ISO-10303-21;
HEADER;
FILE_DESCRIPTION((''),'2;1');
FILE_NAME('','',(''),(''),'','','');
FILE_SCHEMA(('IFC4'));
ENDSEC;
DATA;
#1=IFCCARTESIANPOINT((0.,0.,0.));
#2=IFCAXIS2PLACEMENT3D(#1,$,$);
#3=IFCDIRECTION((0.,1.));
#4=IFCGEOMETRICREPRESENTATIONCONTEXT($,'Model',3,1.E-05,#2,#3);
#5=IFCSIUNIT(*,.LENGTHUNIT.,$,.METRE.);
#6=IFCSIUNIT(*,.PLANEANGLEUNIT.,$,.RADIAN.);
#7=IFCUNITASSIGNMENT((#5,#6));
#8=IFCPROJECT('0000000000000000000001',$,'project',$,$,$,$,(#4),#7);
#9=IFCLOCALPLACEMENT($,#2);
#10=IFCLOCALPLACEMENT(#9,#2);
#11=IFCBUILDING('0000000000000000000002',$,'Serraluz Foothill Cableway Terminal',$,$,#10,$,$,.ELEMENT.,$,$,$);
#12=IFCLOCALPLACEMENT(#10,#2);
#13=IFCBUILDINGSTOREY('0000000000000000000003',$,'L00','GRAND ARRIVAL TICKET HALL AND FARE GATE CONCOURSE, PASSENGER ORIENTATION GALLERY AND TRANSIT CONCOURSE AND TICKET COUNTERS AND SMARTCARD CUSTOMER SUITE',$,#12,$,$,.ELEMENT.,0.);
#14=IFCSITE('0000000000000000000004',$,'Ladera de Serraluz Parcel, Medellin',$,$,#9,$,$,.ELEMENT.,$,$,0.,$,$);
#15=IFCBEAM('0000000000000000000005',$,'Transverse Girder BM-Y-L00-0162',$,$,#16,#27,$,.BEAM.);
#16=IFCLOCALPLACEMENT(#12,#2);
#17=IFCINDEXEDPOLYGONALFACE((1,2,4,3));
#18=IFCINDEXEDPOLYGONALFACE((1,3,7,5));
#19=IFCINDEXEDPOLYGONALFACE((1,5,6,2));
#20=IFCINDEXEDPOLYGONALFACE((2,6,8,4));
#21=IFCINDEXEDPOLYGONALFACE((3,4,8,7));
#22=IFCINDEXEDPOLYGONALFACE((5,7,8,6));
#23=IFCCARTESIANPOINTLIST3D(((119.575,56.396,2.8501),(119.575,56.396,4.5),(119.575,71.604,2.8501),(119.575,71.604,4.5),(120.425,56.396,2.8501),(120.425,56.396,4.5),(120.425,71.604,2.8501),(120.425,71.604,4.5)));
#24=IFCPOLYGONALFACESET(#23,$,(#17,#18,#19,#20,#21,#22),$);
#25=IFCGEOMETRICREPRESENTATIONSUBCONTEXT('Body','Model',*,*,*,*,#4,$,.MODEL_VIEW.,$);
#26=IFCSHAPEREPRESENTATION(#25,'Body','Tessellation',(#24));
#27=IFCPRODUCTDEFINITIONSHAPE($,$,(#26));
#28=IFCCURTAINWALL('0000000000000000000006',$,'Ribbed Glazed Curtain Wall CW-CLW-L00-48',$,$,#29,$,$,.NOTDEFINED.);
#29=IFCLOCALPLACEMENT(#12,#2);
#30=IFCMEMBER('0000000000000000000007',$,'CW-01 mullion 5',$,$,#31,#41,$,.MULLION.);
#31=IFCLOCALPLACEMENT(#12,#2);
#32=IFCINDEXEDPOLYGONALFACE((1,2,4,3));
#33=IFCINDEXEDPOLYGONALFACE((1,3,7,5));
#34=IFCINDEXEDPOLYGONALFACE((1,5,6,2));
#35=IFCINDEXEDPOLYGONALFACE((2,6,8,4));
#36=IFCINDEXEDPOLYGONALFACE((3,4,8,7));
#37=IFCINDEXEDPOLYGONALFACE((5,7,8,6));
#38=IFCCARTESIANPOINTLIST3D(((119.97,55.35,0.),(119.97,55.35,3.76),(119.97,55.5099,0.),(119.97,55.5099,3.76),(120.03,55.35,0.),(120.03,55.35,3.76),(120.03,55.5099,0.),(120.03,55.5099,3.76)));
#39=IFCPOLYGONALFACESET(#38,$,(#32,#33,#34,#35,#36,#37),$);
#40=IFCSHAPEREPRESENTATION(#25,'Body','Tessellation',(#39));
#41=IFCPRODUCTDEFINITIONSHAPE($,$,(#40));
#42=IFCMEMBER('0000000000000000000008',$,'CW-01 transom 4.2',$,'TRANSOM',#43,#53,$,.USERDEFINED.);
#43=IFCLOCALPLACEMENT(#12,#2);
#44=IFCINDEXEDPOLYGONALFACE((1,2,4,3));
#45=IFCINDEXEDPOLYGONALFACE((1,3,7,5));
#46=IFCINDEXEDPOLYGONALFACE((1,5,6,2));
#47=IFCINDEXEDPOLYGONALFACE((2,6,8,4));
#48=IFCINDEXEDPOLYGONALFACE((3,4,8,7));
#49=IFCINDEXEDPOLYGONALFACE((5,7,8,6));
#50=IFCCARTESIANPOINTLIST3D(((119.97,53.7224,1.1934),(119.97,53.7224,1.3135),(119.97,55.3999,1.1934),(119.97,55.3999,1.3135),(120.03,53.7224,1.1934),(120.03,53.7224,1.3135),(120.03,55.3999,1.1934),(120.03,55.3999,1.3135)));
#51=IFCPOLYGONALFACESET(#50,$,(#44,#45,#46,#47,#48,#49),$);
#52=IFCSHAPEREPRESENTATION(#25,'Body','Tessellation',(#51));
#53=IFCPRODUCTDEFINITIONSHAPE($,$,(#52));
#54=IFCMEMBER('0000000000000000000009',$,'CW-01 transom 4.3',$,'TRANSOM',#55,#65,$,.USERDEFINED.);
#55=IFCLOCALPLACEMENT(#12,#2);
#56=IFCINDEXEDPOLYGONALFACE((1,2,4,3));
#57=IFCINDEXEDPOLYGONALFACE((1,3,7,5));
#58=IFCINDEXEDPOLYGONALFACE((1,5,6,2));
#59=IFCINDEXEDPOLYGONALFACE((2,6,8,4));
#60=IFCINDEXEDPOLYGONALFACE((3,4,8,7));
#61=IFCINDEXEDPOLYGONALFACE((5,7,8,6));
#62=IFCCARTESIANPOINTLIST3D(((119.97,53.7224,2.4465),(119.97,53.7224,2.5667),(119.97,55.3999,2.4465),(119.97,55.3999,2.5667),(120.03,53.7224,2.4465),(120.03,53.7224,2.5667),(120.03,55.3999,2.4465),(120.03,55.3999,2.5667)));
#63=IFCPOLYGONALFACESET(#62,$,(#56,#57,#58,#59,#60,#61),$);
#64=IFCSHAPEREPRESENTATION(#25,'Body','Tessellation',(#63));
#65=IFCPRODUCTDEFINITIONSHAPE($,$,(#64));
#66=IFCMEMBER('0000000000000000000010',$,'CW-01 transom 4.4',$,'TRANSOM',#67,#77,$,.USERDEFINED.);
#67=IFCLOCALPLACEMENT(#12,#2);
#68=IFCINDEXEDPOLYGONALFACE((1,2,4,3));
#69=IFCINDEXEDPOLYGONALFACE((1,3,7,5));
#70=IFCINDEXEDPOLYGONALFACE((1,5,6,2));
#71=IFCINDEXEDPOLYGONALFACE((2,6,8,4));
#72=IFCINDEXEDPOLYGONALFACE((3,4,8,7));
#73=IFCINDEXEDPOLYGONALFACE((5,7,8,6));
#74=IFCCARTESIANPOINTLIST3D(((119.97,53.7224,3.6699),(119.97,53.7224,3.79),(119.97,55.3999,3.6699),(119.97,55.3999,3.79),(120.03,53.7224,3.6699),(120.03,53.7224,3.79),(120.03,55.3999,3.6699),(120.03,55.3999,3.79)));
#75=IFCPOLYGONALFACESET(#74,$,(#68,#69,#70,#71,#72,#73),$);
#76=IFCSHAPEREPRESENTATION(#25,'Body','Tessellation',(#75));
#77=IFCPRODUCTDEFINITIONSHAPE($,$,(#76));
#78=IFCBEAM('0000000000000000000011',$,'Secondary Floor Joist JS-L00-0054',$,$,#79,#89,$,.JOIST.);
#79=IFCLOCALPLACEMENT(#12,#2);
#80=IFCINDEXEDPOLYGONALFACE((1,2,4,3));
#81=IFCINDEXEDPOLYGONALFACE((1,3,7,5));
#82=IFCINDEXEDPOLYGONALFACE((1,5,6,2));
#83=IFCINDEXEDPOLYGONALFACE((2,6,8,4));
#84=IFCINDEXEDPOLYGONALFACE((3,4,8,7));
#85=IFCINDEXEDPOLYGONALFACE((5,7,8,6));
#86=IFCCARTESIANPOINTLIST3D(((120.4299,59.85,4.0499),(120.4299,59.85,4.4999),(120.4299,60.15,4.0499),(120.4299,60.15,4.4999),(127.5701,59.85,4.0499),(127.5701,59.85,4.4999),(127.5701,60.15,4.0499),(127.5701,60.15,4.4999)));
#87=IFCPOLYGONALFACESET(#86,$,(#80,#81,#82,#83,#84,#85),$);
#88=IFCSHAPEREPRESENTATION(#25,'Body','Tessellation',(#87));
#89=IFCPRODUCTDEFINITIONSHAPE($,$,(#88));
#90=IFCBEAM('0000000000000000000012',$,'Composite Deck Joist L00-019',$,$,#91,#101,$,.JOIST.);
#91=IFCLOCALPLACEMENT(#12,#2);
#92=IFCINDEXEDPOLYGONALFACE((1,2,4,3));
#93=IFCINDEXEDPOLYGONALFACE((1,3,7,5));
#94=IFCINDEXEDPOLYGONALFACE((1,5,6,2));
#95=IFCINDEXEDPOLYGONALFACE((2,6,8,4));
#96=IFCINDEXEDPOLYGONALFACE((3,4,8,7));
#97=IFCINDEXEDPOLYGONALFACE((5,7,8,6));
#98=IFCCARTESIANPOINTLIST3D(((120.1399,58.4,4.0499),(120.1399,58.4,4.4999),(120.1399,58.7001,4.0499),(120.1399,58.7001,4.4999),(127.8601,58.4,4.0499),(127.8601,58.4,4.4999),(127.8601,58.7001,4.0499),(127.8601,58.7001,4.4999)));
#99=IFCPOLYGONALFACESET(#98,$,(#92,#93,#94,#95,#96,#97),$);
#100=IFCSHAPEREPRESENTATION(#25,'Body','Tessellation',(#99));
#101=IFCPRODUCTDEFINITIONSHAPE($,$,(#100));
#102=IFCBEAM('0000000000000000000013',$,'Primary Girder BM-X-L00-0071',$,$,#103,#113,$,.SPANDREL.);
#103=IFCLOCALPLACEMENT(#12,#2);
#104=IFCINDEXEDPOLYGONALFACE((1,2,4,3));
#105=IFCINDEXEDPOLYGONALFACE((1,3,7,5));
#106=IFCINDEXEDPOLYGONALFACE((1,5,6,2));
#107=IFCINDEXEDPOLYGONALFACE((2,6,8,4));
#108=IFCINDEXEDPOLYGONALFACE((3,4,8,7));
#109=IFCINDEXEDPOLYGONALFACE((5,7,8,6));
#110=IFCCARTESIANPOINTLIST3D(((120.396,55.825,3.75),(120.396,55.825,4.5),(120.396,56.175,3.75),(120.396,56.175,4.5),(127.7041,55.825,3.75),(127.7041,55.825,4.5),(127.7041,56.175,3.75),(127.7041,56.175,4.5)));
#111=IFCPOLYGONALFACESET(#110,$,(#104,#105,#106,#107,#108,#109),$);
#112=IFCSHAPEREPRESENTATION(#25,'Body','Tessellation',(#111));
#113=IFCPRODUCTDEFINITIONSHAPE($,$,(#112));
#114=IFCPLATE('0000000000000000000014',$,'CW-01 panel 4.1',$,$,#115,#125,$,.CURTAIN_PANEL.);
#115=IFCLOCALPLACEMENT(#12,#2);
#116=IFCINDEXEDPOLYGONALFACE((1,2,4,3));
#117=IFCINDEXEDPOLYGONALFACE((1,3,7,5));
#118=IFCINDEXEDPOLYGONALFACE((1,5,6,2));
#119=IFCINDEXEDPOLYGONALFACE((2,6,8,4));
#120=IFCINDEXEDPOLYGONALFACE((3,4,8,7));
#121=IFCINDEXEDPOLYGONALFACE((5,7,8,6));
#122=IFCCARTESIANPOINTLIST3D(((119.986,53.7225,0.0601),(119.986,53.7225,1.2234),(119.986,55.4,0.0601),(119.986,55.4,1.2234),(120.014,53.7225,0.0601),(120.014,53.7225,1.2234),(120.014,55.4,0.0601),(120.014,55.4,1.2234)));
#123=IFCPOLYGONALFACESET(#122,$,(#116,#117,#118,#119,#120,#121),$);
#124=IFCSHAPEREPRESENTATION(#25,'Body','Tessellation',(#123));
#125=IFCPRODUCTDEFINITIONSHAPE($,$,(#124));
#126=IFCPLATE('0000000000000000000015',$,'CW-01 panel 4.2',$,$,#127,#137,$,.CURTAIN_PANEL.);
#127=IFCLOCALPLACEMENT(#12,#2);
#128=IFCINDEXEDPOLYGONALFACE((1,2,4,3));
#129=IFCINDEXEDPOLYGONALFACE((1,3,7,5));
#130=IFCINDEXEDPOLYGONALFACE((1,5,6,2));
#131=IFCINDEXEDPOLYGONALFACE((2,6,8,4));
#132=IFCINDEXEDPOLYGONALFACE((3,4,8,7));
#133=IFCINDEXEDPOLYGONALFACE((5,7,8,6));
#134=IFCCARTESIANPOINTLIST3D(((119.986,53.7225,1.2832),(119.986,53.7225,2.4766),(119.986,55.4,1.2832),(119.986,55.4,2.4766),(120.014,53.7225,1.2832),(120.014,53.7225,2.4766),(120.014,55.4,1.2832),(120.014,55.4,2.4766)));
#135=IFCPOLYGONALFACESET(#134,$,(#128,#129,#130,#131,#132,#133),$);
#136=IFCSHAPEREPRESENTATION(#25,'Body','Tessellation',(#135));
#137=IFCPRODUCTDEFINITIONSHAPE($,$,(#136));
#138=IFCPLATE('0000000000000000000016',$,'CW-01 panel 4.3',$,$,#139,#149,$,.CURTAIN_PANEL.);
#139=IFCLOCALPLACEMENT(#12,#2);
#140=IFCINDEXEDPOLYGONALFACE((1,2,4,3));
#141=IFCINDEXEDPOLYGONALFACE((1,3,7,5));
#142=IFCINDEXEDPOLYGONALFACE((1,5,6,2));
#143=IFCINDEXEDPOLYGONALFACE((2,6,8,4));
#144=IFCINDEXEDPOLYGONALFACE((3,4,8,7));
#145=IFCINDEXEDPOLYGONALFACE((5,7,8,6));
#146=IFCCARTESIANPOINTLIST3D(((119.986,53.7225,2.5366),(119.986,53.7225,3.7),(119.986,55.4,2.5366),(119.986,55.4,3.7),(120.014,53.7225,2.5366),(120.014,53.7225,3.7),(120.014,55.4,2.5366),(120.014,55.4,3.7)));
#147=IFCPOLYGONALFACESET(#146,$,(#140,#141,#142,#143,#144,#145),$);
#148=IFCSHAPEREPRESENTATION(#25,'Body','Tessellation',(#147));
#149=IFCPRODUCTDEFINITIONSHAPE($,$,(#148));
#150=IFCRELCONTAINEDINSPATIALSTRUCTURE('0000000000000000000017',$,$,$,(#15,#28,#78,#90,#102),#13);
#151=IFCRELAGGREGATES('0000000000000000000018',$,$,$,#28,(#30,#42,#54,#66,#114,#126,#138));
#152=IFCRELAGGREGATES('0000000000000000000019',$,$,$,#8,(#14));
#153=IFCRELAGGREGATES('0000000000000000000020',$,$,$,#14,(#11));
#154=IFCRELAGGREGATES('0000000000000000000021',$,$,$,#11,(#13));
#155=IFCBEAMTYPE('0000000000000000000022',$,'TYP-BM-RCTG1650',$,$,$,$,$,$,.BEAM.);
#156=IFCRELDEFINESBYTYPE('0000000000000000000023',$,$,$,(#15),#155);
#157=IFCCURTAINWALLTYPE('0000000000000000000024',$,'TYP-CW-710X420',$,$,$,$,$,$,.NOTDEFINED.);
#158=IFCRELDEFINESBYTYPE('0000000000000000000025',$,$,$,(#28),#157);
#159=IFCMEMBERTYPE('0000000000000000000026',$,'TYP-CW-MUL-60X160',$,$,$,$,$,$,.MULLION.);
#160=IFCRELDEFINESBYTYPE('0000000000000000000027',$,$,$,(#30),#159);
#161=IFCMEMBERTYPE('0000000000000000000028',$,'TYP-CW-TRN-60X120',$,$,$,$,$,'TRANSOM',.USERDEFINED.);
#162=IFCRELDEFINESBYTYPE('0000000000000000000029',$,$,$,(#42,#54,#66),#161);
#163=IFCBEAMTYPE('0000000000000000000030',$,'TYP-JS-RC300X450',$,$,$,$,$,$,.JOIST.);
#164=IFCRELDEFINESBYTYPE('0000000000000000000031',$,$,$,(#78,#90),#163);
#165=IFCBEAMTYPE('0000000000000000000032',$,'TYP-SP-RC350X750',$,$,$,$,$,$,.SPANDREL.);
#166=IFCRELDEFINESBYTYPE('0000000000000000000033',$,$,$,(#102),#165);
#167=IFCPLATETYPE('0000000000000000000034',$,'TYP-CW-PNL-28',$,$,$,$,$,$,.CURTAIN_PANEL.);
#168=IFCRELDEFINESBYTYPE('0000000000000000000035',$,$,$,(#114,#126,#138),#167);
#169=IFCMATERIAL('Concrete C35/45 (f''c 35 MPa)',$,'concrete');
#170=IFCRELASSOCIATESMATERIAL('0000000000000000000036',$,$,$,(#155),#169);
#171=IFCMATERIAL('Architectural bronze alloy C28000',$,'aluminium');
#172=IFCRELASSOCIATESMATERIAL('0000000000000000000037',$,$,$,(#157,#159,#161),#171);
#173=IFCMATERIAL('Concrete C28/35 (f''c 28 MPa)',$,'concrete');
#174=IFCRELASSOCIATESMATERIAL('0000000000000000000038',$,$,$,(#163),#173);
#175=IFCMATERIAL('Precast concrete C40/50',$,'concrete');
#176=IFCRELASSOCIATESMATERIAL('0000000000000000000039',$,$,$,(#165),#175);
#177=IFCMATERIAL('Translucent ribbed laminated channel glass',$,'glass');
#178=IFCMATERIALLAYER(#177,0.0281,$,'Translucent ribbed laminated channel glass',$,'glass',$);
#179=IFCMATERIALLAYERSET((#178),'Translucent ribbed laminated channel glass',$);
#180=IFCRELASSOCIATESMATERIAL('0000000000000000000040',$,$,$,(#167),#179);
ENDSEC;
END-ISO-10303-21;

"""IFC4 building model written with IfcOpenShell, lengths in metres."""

from ifc_helpers import new_model, si_unit, direction, frame, origin, origin_2d, place, context, subcontext, project, spatial, rectangle, extrude, material, layer, layer_set, material_profile, profile_set, type_object, element, aggregate, save


model = new_model("IFC4")

# Units and contexts
model_context = context("Model", 3, precision=1e-05, world=origin(), true_north=direction((0.0, 1.0)))
body_context = subcontext(model_context, "Body", "Model", "MODEL_VIEW")
ifc_project = project(units=[si_unit("LENGTHUNIT", "METRE"), si_unit("PLANEANGLEUNIT", "RADIAN")], contexts=[model_context])

# Site, building, storey
site_placement = place(None, origin())
site = spatial("IfcSite", under=ifc_project, at=site_placement, Name="Ladera de Serraluz Parcel, Medellin", CompositionType="ELEMENT", RefElevation=0.0)
building_placement = place(site_placement, origin())
building = spatial("IfcBuilding", under=site, at=building_placement, Name="Serraluz Foothill Cableway Terminal", CompositionType="ELEMENT")
storey_placement = place(building_placement, origin())
storey = spatial("IfcBuildingStorey", under=building, at=storey_placement, Name="L00", Description="GRAND ARRIVAL TICKET HALL AND FARE GATE CONCOURSE, PASSENGER ORIENTATION GALLERY AND TRANSIT CONCOURSE AND TICKET COUNTERS AND SMARTCARD CUSTOMER SUITE", CompositionType="ELEMENT", Elevation=0.0)

# Shared definitions
ifc_material_1 = material(Name="Concrete C35/45 (f'c 35 MPa)", Category="concrete")

# Shared definitions
ifc_material_2 = material(Name="Concrete C28/35 (f'c 28 MPa)", Category="concrete")

# Beam
ifc_material_profile_1 = material_profile(ifc_material_1, rectangle(XDim=0.8501, YDim=1.6499, at=origin_2d()), Name="RC TG 850x1650")
ifc_profile_set_1 = profile_set([ifc_material_profile_1], Name="Concrete C35/45 (f'c 35 MPa)")
beam_type_1 = type_object("IfcBeamType", Name="TYP-BM-RCTG1650", PredefinedType="BEAM", material=ifc_profile_set_1)
beam_1_placement = place(storey_placement, frame((120.0, 56.396, 3.675), z_axis=(0.0, 1.0, 0.0), x_axis=(-1.0, 0.0, 0.0)))
element("IfcBeam", 1, at=beam_1_placement, inside=storey, type_object=beam_type_1, Name="Transverse Girder BM-Y-L00-0162", PredefinedType="BEAM", context=body_context, shape_type="SweptSolid", body=[
    extrude(rectangle(XDim=0.8501, YDim=1.6499, at=origin_2d()), origin(), (0.0, 0.0, 1.0), 15.208),
])

# Curtain wall, members
ifc_material_3 = material(Name="Architectural bronze alloy C28000", Category="aluminium")
curtain_wall_type = type_object("IfcCurtainWallType", Name="TYP-CW-710X420", PredefinedType="NOTDEFINED", material=ifc_material_3)
curtain_wall_placement = place(storey_placement, origin())
curtain_wall = element("IfcCurtainWall", 2, at=curtain_wall_placement, inside=storey, type_object=curtain_wall_type, Name="Ribbed Glazed Curtain Wall CW-CLW-L00-48", PredefinedType="NOTDEFINED")
ifc_material_profile_2 = material_profile(ifc_material_3, rectangle(XDim=0.0601, YDim=0.1599, at=origin_2d()), Name="ALU MULLION 60x160")
ifc_profile_set_2 = profile_set([ifc_material_profile_2], Name="Architectural bronze alloy C28000")
member_type_1 = type_object("IfcMemberType", Name="TYP-CW-MUL-60X160", PredefinedType="MULLION", material=ifc_profile_set_2)
member_1_placement = place(storey_placement, frame((120.0, 55.4299, 0.0), z_axis=(0.0, 0.0, 1.0), x_axis=(-1.0, 0.0, 0.0)))
member_1 = element("IfcMember", 3, at=member_1_placement, type_object=member_type_1, Name="CW-01 mullion 5", PredefinedType="MULLION", context=body_context, shape_type="SweptSolid", body=[
    extrude(rectangle(XDim=0.0601, YDim=0.1599, at=origin_2d()), origin(), (0.0, 0.0, 1.0), 3.76),
])
ifc_material_profile_3 = material_profile(ifc_material_3, rectangle(XDim=0.0601, YDim=0.1201, at=origin_2d()), Name="ALU TRANSOM 60x120")
ifc_profile_set_3 = profile_set([ifc_material_profile_3], Name="Architectural bronze alloy C28000")
member_type_2 = type_object("IfcMemberType", Name="TYP-CW-TRN-60X120", ElementType="TRANSOM", PredefinedType="USERDEFINED", material=ifc_profile_set_3)
member_2_placement = place(storey_placement, frame((120.0, 53.7224, 1.2534), z_axis=(0.0, 1.0, 0.0), x_axis=(-1.0, 0.0, 0.0)))
member_2 = element("IfcMember", 4, at=member_2_placement, type_object=member_type_2, Name="CW-01 transom 4.2", ObjectType="TRANSOM", PredefinedType="USERDEFINED", context=body_context, shape_type="SweptSolid", body=[
    extrude(rectangle(XDim=0.0601, YDim=0.1201, at=origin_2d()), origin(), (0.0, 0.0, 1.0), 1.6775),
])
member_3_placement = place(storey_placement, frame((120.0, 53.7224, 2.5066), z_axis=(0.0, 1.0, 0.0), x_axis=(-1.0, 0.0, 0.0)))
member_3 = element("IfcMember", 5, at=member_3_placement, type_object=member_type_2, Name="CW-01 transom 4.3", ObjectType="TRANSOM", PredefinedType="USERDEFINED", context=body_context, shape_type="SweptSolid", body=[
    extrude(rectangle(XDim=0.0601, YDim=0.1201, at=origin_2d()), origin(), (0.0, 0.0, 1.0), 1.6775),
])
member_4_placement = place(storey_placement, frame((120.0, 53.7224, 3.73), z_axis=(0.0, 1.0, 0.0), x_axis=(-1.0, 0.0, 0.0)))
member_4 = element("IfcMember", 6, at=member_4_placement, type_object=member_type_2, Name="CW-01 transom 4.4", ObjectType="TRANSOM", PredefinedType="USERDEFINED", context=body_context, shape_type="SweptSolid", body=[
    extrude(rectangle(XDim=0.0601, YDim=0.1201, at=origin_2d()), origin(), (0.0, 0.0, 1.0), 1.6775),
])

# Beams
ifc_material_profile_4 = material_profile(ifc_material_2, rectangle(XDim=0.3, YDim=0.45, at=origin_2d()), Name="RC 300x450")
ifc_profile_set_4 = profile_set([ifc_material_profile_4], Name="Concrete C28/35 (f'c 28 MPa)")
beam_type_2 = type_object("IfcBeamType", Name="TYP-JS-RC300X450", PredefinedType="JOIST", material=ifc_profile_set_4)
beam_2_placement = place(storey_placement, frame((120.4299, 60.0, 4.2749), z_axis=(1.0, 0.0, 0.0), x_axis=(0.0, 1.0, 0.0)))
element("IfcBeam", 7, at=beam_2_placement, inside=storey, type_object=beam_type_2, Name="Secondary Floor Joist JS-L00-0054", PredefinedType="JOIST", context=body_context, shape_type="SweptSolid", body=[
    extrude(rectangle(XDim=0.3, YDim=0.45, at=origin_2d()), origin(), (0.0, 0.0, 1.0), 7.1401),
])
beam_3_placement = place(storey_placement, frame((120.1399, 58.55, 4.2749), z_axis=(1.0, 0.0, 0.0), x_axis=(0.0, 1.0, 0.0)))
element("IfcBeam", 8, at=beam_3_placement, inside=storey, type_object=beam_type_2, Name="Composite Deck Joist L00-019", PredefinedType="JOIST", context=body_context, shape_type="SweptSolid", body=[
    extrude(rectangle(XDim=0.3, YDim=0.45, at=origin_2d()), origin(), (0.0, 0.0, 1.0), 7.7202),
])
ifc_material_4 = material(Name="Precast concrete C40/50", Category="concrete")
ifc_material_profile_5 = material_profile(ifc_material_4, rectangle(XDim=0.3501, YDim=0.75, at=origin_2d()), Name="RC SP 350x750")
ifc_profile_set_5 = profile_set([ifc_material_profile_5], Name="Precast concrete C40/50")
beam_type_3 = type_object("IfcBeamType", Name="TYP-SP-RC350X750", PredefinedType="SPANDREL", material=ifc_profile_set_5)
beam_4_placement = place(storey_placement, frame((120.396, 56.0, 4.125), z_axis=(1.0, 0.0, 0.0), x_axis=(0.0, 1.0, 0.0)))
element("IfcBeam", 9, at=beam_4_placement, inside=storey, type_object=beam_type_3, Name="Primary Girder BM-X-L00-0071", PredefinedType="SPANDREL", context=body_context, shape_type="SweptSolid", body=[
    extrude(rectangle(XDim=0.3501, YDim=0.75, at=origin_2d()), origin(), (0.0, 0.0, 1.0), 7.3081),
])

# Plates
ifc_material_5 = material(Name="Translucent ribbed laminated channel glass", Category="glass")
ifc_layer_1 = layer(ifc_material_5, 0.0281, Name="Translucent ribbed laminated channel glass", Category="glass")
ifc_layer_set_1 = layer_set([ifc_layer_1], Name="Translucent ribbed laminated channel glass")
plate_type = type_object("IfcPlateType", Name="TYP-CW-PNL-28", PredefinedType="CURTAIN_PANEL", material=ifc_layer_set_1)
plate_1_placement = place(storey_placement, frame((120.0, 54.5613, 0.0601), z_axis=(0.0, 0.0, 1.0), x_axis=(0.0, 1.0, 0.0)))
plate_1 = element("IfcPlate", 10, at=plate_1_placement, type_object=plate_type, Name="CW-01 panel 4.1", PredefinedType="CURTAIN_PANEL", context=body_context, shape_type="SweptSolid", body=[
    extrude(rectangle(XDim=1.6775, YDim=0.0281, at=origin_2d()), origin(), (0.0, 0.0, 1.0), 1.1633),
])
plate_2_placement = place(storey_placement, frame((120.0, 54.5613, 1.2832), z_axis=(0.0, 0.0, 1.0), x_axis=(0.0, 1.0, 0.0)))
plate_2 = element("IfcPlate", 11, at=plate_2_placement, type_object=plate_type, Name="CW-01 panel 4.2", PredefinedType="CURTAIN_PANEL", context=body_context, shape_type="SweptSolid", body=[
    extrude(rectangle(XDim=1.6775, YDim=0.0281, at=origin_2d()), origin(), (0.0, 0.0, 1.0), 1.1934),
])
plate_3_placement = place(storey_placement, frame((120.0, 54.5613, 2.5366), z_axis=(0.0, 0.0, 1.0), x_axis=(0.0, 1.0, 0.0)))
plate_3 = element("IfcPlate", 12, at=plate_3_placement, type_object=plate_type, Name="CW-01 panel 4.3", PredefinedType="CURTAIN_PANEL", context=body_context, shape_type="SweptSolid", body=[
    extrude(rectangle(XDim=1.6775, YDim=0.0281, at=origin_2d()), origin(), (0.0, 0.0, 1.0), 1.1633),
])
aggregate(curtain_wall, [member_1, member_2, member_3, member_4, plate_1, plate_2, plate_3])

save(model, "model.ifc")
